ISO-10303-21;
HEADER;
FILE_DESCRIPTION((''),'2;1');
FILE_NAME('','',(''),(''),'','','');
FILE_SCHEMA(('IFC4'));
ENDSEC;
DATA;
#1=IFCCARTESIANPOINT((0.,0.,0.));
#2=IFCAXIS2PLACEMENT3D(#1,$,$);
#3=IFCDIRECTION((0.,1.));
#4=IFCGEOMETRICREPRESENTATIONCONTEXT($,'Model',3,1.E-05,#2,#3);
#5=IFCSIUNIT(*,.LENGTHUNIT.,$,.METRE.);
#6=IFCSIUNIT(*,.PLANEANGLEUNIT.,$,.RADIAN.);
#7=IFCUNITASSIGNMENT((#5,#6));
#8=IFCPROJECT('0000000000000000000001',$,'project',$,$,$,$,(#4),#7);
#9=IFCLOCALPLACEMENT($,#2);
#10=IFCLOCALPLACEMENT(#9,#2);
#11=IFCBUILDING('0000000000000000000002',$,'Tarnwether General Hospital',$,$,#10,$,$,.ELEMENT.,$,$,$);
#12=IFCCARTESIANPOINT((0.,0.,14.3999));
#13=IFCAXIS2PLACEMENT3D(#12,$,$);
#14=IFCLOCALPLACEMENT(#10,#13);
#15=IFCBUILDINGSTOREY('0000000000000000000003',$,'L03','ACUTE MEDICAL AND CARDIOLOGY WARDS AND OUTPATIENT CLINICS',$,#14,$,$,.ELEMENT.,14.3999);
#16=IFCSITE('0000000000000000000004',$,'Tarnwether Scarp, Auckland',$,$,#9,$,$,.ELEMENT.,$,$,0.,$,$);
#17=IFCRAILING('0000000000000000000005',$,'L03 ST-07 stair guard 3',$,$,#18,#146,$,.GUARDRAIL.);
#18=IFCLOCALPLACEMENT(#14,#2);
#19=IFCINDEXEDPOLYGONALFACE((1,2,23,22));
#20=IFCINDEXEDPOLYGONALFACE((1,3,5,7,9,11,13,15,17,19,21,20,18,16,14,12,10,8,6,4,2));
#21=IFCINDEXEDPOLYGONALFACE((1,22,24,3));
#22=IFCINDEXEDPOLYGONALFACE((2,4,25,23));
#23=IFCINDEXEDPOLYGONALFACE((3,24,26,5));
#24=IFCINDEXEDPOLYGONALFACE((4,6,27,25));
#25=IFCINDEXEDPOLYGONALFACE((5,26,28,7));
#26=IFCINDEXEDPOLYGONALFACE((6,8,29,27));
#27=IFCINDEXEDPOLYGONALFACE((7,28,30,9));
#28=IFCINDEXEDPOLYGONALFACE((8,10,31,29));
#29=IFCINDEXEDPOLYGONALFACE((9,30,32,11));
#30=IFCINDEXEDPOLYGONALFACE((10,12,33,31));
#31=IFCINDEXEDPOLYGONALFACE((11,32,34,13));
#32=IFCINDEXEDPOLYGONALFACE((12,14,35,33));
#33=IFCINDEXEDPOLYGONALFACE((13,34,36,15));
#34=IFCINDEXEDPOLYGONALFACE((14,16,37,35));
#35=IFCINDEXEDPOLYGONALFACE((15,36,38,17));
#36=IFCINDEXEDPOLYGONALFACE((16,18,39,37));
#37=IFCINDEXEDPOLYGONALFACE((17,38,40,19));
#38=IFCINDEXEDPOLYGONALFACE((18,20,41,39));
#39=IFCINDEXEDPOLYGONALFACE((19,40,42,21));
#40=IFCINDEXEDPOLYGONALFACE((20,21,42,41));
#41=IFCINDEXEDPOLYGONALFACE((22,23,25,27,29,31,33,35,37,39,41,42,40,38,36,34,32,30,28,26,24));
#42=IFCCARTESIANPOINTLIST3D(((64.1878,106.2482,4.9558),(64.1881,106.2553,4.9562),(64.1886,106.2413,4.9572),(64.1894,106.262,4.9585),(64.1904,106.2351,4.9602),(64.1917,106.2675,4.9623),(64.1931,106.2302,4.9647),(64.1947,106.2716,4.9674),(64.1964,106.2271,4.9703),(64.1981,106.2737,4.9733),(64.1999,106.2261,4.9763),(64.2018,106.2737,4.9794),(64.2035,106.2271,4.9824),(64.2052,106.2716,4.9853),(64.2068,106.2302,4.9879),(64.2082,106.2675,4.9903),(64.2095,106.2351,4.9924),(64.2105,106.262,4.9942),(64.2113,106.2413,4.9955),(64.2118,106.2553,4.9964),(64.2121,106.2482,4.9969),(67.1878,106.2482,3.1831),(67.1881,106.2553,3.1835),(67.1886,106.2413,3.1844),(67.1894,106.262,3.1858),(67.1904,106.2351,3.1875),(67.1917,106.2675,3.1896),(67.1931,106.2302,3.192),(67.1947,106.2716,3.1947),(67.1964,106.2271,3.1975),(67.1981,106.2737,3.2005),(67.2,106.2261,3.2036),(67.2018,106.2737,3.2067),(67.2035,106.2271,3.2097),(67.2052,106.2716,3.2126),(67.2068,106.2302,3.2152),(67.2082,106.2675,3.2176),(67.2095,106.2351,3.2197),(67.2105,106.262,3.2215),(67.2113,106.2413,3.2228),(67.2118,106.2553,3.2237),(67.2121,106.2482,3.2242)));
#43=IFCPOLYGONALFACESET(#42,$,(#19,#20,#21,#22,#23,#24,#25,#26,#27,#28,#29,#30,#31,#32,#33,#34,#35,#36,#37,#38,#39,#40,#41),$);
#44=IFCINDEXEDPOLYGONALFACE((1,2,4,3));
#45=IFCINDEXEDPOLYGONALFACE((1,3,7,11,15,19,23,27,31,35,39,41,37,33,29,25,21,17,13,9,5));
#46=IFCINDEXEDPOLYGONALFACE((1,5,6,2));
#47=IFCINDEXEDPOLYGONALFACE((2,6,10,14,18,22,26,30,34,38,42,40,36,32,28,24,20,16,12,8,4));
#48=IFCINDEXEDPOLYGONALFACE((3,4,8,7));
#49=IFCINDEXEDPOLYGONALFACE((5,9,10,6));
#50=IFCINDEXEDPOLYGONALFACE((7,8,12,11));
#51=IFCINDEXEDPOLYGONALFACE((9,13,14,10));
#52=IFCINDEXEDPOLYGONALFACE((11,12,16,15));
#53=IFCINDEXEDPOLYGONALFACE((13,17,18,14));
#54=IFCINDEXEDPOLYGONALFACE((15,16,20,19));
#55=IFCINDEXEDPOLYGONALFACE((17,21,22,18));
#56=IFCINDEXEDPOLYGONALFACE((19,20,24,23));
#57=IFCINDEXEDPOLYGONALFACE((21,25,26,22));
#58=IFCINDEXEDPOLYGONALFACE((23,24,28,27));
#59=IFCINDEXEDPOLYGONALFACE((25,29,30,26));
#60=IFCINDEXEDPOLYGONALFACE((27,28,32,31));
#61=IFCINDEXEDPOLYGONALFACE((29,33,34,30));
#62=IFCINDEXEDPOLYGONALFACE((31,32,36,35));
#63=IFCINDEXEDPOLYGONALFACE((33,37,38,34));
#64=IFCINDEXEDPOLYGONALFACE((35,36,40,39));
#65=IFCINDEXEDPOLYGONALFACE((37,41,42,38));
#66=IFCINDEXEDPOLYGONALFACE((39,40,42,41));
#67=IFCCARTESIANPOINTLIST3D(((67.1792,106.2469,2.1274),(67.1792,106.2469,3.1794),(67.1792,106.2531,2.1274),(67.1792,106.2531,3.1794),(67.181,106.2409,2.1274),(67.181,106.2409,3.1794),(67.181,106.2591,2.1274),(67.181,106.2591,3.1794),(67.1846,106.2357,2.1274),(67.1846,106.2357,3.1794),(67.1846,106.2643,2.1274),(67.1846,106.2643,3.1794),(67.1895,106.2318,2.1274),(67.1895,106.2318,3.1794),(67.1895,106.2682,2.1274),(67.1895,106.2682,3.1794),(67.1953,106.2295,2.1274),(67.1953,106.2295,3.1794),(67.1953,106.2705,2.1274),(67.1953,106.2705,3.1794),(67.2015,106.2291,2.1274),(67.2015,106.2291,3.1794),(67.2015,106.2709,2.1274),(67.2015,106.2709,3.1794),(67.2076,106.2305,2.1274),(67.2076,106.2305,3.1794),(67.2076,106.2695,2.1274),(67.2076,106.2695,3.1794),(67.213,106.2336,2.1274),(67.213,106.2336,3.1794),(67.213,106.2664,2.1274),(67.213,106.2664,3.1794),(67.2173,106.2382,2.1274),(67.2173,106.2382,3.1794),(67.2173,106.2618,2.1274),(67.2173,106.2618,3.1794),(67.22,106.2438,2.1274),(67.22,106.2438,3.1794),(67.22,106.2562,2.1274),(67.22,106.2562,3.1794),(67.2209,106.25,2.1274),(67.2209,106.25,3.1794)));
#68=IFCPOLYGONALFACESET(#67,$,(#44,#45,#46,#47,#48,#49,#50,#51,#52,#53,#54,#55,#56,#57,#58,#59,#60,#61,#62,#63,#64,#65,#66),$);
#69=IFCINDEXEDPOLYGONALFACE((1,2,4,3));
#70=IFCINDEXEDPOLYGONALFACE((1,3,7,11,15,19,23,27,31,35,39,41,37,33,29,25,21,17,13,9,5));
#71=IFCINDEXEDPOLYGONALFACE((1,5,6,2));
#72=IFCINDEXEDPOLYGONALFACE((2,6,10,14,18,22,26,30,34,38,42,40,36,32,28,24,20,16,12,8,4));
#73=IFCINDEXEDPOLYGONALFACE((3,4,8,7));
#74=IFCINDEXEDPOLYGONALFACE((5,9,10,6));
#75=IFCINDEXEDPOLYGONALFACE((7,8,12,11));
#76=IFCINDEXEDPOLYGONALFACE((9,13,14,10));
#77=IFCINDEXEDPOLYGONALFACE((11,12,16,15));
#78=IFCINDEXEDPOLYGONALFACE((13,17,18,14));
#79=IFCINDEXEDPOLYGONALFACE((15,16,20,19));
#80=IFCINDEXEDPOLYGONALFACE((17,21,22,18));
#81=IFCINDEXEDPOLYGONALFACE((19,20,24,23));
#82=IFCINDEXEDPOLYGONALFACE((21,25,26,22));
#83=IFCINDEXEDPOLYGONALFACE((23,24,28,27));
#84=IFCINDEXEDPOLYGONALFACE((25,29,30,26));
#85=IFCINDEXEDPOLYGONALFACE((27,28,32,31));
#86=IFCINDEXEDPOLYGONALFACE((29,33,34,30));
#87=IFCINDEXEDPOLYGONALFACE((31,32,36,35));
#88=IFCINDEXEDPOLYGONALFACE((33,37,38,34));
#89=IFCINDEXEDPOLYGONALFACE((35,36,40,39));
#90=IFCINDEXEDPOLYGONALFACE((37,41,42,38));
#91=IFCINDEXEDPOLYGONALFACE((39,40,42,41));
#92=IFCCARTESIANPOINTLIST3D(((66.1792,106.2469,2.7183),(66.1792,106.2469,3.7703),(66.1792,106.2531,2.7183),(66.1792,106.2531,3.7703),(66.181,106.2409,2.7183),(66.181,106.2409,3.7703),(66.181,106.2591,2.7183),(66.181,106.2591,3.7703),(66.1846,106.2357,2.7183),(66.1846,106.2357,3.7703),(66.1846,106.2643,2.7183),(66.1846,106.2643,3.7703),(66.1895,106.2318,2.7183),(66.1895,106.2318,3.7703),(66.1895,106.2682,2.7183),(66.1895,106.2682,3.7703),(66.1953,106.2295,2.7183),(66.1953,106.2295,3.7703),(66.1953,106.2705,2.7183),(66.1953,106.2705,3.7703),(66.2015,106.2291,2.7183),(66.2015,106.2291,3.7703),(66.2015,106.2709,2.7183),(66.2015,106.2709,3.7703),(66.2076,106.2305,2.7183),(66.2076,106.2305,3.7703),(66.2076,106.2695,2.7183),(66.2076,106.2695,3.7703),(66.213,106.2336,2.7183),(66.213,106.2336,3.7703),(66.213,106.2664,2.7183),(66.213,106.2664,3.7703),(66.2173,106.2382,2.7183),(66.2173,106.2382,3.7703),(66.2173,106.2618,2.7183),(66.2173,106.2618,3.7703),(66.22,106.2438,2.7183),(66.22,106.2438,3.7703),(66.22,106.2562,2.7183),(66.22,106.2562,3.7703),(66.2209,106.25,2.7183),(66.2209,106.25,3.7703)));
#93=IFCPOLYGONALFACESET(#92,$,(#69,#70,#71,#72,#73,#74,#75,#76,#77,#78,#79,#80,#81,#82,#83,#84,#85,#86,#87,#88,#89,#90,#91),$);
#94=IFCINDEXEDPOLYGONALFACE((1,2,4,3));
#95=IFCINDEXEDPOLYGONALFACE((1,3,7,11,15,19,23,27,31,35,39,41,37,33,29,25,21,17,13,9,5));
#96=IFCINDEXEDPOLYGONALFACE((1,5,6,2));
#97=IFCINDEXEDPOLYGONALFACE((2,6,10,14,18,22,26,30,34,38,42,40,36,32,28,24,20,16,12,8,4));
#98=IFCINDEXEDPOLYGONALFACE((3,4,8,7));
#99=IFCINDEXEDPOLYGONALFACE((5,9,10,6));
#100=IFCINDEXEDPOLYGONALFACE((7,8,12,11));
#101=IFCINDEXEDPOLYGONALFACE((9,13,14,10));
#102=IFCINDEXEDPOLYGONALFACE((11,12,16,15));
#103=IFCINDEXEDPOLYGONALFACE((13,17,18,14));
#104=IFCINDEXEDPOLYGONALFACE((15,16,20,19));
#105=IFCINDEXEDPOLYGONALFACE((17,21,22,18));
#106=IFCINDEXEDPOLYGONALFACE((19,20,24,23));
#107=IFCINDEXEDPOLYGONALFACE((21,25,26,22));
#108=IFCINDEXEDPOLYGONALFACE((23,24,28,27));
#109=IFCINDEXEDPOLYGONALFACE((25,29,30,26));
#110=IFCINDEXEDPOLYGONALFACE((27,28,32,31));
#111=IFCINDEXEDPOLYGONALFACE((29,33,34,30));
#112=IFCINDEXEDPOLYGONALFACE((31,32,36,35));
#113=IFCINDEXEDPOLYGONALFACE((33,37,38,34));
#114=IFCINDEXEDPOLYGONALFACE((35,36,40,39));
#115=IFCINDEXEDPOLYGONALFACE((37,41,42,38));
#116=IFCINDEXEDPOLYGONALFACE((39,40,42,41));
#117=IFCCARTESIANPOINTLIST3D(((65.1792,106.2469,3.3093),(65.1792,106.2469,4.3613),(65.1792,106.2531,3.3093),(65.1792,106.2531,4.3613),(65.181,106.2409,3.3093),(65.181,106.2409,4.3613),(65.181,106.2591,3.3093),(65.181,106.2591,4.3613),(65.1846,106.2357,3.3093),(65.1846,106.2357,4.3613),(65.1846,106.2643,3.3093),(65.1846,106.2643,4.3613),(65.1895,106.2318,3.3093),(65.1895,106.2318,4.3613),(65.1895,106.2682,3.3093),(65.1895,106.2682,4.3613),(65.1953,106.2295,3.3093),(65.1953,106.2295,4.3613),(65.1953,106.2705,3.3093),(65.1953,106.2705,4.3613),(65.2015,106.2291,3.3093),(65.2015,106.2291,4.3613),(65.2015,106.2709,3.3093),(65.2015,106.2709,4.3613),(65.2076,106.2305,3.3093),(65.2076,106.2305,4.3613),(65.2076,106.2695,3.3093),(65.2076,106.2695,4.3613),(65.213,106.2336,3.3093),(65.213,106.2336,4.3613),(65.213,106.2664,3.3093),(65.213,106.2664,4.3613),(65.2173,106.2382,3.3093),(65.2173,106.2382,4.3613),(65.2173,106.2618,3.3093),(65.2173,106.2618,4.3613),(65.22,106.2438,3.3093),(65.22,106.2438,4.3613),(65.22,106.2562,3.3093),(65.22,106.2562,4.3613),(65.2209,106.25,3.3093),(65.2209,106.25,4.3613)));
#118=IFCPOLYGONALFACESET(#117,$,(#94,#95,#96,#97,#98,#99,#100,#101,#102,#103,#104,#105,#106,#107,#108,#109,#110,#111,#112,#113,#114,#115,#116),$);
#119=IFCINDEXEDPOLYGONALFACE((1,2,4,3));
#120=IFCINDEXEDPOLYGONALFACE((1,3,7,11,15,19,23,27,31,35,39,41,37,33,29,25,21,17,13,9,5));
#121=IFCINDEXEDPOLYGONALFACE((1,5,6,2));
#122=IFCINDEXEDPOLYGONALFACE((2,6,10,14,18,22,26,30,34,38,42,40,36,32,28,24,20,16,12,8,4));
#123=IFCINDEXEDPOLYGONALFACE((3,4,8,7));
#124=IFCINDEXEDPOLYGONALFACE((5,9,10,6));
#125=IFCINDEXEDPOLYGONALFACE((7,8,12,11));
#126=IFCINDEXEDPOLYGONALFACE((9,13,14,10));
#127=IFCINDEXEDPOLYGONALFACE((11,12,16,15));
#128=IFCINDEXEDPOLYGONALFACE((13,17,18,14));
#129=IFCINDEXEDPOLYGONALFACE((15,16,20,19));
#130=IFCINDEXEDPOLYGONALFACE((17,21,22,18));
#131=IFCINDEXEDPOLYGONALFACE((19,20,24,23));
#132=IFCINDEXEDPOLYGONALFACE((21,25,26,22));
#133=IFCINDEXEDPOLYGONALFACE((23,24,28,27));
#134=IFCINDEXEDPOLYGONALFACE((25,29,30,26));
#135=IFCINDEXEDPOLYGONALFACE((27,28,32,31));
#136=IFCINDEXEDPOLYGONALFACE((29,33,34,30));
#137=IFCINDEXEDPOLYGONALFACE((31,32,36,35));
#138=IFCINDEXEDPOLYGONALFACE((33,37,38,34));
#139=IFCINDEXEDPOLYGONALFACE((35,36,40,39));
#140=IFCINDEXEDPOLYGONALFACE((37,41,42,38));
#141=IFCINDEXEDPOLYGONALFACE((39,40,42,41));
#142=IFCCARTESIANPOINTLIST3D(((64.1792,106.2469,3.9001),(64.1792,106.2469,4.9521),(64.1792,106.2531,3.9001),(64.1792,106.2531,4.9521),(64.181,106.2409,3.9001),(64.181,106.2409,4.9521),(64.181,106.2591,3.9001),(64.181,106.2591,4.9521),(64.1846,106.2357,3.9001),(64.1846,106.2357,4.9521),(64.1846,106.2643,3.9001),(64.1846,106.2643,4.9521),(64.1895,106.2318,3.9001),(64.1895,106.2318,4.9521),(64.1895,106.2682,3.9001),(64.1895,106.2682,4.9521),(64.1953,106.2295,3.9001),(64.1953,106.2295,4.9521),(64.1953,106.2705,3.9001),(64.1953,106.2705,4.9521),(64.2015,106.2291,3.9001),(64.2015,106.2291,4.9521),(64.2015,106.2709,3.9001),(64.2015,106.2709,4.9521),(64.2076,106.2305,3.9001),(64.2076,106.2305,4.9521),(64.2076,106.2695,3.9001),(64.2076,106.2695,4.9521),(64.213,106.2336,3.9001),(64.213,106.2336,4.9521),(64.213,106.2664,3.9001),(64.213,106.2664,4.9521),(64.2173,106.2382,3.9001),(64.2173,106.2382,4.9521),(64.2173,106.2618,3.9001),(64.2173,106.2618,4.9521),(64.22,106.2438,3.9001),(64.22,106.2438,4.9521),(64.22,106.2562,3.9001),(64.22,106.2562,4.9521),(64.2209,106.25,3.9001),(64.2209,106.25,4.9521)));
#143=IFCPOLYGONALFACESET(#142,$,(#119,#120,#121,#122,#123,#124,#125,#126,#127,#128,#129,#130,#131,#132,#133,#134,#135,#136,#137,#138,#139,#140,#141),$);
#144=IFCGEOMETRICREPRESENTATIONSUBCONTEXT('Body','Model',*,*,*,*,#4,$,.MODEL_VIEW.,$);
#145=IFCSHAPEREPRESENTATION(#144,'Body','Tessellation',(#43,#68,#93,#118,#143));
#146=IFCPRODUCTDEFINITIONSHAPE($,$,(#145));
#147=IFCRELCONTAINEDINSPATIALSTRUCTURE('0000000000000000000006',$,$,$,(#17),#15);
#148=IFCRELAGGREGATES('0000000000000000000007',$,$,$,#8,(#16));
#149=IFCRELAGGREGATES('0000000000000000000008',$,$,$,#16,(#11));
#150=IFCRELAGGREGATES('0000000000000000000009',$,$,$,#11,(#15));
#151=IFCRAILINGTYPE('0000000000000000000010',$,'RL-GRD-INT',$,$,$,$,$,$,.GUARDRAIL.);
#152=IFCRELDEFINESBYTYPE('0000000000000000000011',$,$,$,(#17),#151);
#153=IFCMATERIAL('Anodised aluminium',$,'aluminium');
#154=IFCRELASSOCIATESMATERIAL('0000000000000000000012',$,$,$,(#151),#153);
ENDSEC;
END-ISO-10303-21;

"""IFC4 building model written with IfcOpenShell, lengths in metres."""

from ifc_helpers import new_model, si_unit, direction, frame, origin, origin_2d, place, context, subcontext, project, spatial, circle, extrude, material, type_object, element, save


model = new_model("IFC4")

# Units and contexts
model_context = context("Model", 3, precision=1e-05, world=origin(), true_north=direction((0.0, 1.0)))
body_context = subcontext(model_context, "Body", "Model", "MODEL_VIEW")
ifc_project = project(units=[si_unit("LENGTHUNIT", "METRE"), si_unit("PLANEANGLEUNIT", "RADIAN")], contexts=[model_context])

# Site, building, storey
site_placement = place(None, origin())
site = spatial("IfcSite", under=ifc_project, at=site_placement, Name="Tarnwether Scarp, Auckland", CompositionType="ELEMENT", RefElevation=0.0)
building_placement = place(site_placement, origin())
building = spatial("IfcBuilding", under=site, at=building_placement, Name="Tarnwether General Hospital", CompositionType="ELEMENT")
storey_placement = place(building_placement, frame((0.0, 0.0, 14.3999)))
storey = spatial("IfcBuildingStorey", under=building, at=storey_placement, Name="L03", Description="ACUTE MEDICAL AND CARDIOLOGY WARDS AND OUTPATIENT CLINICS", CompositionType="ELEMENT", Elevation=14.3999)

# Railing
ifc_material_1 = material(Name="Anodised aluminium", Category="aluminium")
railing_type = type_object("IfcRailingType", Name="RL-GRD-INT", PredefinedType="GUARDRAIL", material=ifc_material_1)
railing_1_placement = place(storey_placement, frame((67.2, 106.25, 2.1274)))
element("IfcRailing", 1, at=railing_1_placement, inside=storey, type_object=railing_type, Name="L03 ST-07 stair guard 3", PredefinedType="GUARDRAIL", context=body_context, shape_type="SweptSolid", body=[
    extrude(circle(Radius=0.0239, at=origin_2d()), frame((0.0, 0.0, 1.0762), z_axis=(-0.860929, 0.0, 0.508725), x_axis=(0.0, -1.0, 0.0)), (0.0, 0.0, 1.0), 3.4846),
    extrude(circle(Radius=0.021, at=origin_2d()), origin(), (0.0, 0.0, 1.0), 1.052),
    extrude(circle(Radius=0.021, at=origin_2d()), frame((-1.0, 0.0, 0.5908)), (0.0, 0.0, 1.0), 1.052),
    extrude(circle(Radius=0.021, at=origin_2d()), frame((-2.0, 0.0, 1.1819)), (0.0, 0.0, 1.0), 1.052),
    extrude(circle(Radius=0.021, at=origin_2d()), frame((-3.0, 0.0, 1.7727)), (0.0, 0.0, 1.0), 1.052),
])

save(model, "model.ifc")
